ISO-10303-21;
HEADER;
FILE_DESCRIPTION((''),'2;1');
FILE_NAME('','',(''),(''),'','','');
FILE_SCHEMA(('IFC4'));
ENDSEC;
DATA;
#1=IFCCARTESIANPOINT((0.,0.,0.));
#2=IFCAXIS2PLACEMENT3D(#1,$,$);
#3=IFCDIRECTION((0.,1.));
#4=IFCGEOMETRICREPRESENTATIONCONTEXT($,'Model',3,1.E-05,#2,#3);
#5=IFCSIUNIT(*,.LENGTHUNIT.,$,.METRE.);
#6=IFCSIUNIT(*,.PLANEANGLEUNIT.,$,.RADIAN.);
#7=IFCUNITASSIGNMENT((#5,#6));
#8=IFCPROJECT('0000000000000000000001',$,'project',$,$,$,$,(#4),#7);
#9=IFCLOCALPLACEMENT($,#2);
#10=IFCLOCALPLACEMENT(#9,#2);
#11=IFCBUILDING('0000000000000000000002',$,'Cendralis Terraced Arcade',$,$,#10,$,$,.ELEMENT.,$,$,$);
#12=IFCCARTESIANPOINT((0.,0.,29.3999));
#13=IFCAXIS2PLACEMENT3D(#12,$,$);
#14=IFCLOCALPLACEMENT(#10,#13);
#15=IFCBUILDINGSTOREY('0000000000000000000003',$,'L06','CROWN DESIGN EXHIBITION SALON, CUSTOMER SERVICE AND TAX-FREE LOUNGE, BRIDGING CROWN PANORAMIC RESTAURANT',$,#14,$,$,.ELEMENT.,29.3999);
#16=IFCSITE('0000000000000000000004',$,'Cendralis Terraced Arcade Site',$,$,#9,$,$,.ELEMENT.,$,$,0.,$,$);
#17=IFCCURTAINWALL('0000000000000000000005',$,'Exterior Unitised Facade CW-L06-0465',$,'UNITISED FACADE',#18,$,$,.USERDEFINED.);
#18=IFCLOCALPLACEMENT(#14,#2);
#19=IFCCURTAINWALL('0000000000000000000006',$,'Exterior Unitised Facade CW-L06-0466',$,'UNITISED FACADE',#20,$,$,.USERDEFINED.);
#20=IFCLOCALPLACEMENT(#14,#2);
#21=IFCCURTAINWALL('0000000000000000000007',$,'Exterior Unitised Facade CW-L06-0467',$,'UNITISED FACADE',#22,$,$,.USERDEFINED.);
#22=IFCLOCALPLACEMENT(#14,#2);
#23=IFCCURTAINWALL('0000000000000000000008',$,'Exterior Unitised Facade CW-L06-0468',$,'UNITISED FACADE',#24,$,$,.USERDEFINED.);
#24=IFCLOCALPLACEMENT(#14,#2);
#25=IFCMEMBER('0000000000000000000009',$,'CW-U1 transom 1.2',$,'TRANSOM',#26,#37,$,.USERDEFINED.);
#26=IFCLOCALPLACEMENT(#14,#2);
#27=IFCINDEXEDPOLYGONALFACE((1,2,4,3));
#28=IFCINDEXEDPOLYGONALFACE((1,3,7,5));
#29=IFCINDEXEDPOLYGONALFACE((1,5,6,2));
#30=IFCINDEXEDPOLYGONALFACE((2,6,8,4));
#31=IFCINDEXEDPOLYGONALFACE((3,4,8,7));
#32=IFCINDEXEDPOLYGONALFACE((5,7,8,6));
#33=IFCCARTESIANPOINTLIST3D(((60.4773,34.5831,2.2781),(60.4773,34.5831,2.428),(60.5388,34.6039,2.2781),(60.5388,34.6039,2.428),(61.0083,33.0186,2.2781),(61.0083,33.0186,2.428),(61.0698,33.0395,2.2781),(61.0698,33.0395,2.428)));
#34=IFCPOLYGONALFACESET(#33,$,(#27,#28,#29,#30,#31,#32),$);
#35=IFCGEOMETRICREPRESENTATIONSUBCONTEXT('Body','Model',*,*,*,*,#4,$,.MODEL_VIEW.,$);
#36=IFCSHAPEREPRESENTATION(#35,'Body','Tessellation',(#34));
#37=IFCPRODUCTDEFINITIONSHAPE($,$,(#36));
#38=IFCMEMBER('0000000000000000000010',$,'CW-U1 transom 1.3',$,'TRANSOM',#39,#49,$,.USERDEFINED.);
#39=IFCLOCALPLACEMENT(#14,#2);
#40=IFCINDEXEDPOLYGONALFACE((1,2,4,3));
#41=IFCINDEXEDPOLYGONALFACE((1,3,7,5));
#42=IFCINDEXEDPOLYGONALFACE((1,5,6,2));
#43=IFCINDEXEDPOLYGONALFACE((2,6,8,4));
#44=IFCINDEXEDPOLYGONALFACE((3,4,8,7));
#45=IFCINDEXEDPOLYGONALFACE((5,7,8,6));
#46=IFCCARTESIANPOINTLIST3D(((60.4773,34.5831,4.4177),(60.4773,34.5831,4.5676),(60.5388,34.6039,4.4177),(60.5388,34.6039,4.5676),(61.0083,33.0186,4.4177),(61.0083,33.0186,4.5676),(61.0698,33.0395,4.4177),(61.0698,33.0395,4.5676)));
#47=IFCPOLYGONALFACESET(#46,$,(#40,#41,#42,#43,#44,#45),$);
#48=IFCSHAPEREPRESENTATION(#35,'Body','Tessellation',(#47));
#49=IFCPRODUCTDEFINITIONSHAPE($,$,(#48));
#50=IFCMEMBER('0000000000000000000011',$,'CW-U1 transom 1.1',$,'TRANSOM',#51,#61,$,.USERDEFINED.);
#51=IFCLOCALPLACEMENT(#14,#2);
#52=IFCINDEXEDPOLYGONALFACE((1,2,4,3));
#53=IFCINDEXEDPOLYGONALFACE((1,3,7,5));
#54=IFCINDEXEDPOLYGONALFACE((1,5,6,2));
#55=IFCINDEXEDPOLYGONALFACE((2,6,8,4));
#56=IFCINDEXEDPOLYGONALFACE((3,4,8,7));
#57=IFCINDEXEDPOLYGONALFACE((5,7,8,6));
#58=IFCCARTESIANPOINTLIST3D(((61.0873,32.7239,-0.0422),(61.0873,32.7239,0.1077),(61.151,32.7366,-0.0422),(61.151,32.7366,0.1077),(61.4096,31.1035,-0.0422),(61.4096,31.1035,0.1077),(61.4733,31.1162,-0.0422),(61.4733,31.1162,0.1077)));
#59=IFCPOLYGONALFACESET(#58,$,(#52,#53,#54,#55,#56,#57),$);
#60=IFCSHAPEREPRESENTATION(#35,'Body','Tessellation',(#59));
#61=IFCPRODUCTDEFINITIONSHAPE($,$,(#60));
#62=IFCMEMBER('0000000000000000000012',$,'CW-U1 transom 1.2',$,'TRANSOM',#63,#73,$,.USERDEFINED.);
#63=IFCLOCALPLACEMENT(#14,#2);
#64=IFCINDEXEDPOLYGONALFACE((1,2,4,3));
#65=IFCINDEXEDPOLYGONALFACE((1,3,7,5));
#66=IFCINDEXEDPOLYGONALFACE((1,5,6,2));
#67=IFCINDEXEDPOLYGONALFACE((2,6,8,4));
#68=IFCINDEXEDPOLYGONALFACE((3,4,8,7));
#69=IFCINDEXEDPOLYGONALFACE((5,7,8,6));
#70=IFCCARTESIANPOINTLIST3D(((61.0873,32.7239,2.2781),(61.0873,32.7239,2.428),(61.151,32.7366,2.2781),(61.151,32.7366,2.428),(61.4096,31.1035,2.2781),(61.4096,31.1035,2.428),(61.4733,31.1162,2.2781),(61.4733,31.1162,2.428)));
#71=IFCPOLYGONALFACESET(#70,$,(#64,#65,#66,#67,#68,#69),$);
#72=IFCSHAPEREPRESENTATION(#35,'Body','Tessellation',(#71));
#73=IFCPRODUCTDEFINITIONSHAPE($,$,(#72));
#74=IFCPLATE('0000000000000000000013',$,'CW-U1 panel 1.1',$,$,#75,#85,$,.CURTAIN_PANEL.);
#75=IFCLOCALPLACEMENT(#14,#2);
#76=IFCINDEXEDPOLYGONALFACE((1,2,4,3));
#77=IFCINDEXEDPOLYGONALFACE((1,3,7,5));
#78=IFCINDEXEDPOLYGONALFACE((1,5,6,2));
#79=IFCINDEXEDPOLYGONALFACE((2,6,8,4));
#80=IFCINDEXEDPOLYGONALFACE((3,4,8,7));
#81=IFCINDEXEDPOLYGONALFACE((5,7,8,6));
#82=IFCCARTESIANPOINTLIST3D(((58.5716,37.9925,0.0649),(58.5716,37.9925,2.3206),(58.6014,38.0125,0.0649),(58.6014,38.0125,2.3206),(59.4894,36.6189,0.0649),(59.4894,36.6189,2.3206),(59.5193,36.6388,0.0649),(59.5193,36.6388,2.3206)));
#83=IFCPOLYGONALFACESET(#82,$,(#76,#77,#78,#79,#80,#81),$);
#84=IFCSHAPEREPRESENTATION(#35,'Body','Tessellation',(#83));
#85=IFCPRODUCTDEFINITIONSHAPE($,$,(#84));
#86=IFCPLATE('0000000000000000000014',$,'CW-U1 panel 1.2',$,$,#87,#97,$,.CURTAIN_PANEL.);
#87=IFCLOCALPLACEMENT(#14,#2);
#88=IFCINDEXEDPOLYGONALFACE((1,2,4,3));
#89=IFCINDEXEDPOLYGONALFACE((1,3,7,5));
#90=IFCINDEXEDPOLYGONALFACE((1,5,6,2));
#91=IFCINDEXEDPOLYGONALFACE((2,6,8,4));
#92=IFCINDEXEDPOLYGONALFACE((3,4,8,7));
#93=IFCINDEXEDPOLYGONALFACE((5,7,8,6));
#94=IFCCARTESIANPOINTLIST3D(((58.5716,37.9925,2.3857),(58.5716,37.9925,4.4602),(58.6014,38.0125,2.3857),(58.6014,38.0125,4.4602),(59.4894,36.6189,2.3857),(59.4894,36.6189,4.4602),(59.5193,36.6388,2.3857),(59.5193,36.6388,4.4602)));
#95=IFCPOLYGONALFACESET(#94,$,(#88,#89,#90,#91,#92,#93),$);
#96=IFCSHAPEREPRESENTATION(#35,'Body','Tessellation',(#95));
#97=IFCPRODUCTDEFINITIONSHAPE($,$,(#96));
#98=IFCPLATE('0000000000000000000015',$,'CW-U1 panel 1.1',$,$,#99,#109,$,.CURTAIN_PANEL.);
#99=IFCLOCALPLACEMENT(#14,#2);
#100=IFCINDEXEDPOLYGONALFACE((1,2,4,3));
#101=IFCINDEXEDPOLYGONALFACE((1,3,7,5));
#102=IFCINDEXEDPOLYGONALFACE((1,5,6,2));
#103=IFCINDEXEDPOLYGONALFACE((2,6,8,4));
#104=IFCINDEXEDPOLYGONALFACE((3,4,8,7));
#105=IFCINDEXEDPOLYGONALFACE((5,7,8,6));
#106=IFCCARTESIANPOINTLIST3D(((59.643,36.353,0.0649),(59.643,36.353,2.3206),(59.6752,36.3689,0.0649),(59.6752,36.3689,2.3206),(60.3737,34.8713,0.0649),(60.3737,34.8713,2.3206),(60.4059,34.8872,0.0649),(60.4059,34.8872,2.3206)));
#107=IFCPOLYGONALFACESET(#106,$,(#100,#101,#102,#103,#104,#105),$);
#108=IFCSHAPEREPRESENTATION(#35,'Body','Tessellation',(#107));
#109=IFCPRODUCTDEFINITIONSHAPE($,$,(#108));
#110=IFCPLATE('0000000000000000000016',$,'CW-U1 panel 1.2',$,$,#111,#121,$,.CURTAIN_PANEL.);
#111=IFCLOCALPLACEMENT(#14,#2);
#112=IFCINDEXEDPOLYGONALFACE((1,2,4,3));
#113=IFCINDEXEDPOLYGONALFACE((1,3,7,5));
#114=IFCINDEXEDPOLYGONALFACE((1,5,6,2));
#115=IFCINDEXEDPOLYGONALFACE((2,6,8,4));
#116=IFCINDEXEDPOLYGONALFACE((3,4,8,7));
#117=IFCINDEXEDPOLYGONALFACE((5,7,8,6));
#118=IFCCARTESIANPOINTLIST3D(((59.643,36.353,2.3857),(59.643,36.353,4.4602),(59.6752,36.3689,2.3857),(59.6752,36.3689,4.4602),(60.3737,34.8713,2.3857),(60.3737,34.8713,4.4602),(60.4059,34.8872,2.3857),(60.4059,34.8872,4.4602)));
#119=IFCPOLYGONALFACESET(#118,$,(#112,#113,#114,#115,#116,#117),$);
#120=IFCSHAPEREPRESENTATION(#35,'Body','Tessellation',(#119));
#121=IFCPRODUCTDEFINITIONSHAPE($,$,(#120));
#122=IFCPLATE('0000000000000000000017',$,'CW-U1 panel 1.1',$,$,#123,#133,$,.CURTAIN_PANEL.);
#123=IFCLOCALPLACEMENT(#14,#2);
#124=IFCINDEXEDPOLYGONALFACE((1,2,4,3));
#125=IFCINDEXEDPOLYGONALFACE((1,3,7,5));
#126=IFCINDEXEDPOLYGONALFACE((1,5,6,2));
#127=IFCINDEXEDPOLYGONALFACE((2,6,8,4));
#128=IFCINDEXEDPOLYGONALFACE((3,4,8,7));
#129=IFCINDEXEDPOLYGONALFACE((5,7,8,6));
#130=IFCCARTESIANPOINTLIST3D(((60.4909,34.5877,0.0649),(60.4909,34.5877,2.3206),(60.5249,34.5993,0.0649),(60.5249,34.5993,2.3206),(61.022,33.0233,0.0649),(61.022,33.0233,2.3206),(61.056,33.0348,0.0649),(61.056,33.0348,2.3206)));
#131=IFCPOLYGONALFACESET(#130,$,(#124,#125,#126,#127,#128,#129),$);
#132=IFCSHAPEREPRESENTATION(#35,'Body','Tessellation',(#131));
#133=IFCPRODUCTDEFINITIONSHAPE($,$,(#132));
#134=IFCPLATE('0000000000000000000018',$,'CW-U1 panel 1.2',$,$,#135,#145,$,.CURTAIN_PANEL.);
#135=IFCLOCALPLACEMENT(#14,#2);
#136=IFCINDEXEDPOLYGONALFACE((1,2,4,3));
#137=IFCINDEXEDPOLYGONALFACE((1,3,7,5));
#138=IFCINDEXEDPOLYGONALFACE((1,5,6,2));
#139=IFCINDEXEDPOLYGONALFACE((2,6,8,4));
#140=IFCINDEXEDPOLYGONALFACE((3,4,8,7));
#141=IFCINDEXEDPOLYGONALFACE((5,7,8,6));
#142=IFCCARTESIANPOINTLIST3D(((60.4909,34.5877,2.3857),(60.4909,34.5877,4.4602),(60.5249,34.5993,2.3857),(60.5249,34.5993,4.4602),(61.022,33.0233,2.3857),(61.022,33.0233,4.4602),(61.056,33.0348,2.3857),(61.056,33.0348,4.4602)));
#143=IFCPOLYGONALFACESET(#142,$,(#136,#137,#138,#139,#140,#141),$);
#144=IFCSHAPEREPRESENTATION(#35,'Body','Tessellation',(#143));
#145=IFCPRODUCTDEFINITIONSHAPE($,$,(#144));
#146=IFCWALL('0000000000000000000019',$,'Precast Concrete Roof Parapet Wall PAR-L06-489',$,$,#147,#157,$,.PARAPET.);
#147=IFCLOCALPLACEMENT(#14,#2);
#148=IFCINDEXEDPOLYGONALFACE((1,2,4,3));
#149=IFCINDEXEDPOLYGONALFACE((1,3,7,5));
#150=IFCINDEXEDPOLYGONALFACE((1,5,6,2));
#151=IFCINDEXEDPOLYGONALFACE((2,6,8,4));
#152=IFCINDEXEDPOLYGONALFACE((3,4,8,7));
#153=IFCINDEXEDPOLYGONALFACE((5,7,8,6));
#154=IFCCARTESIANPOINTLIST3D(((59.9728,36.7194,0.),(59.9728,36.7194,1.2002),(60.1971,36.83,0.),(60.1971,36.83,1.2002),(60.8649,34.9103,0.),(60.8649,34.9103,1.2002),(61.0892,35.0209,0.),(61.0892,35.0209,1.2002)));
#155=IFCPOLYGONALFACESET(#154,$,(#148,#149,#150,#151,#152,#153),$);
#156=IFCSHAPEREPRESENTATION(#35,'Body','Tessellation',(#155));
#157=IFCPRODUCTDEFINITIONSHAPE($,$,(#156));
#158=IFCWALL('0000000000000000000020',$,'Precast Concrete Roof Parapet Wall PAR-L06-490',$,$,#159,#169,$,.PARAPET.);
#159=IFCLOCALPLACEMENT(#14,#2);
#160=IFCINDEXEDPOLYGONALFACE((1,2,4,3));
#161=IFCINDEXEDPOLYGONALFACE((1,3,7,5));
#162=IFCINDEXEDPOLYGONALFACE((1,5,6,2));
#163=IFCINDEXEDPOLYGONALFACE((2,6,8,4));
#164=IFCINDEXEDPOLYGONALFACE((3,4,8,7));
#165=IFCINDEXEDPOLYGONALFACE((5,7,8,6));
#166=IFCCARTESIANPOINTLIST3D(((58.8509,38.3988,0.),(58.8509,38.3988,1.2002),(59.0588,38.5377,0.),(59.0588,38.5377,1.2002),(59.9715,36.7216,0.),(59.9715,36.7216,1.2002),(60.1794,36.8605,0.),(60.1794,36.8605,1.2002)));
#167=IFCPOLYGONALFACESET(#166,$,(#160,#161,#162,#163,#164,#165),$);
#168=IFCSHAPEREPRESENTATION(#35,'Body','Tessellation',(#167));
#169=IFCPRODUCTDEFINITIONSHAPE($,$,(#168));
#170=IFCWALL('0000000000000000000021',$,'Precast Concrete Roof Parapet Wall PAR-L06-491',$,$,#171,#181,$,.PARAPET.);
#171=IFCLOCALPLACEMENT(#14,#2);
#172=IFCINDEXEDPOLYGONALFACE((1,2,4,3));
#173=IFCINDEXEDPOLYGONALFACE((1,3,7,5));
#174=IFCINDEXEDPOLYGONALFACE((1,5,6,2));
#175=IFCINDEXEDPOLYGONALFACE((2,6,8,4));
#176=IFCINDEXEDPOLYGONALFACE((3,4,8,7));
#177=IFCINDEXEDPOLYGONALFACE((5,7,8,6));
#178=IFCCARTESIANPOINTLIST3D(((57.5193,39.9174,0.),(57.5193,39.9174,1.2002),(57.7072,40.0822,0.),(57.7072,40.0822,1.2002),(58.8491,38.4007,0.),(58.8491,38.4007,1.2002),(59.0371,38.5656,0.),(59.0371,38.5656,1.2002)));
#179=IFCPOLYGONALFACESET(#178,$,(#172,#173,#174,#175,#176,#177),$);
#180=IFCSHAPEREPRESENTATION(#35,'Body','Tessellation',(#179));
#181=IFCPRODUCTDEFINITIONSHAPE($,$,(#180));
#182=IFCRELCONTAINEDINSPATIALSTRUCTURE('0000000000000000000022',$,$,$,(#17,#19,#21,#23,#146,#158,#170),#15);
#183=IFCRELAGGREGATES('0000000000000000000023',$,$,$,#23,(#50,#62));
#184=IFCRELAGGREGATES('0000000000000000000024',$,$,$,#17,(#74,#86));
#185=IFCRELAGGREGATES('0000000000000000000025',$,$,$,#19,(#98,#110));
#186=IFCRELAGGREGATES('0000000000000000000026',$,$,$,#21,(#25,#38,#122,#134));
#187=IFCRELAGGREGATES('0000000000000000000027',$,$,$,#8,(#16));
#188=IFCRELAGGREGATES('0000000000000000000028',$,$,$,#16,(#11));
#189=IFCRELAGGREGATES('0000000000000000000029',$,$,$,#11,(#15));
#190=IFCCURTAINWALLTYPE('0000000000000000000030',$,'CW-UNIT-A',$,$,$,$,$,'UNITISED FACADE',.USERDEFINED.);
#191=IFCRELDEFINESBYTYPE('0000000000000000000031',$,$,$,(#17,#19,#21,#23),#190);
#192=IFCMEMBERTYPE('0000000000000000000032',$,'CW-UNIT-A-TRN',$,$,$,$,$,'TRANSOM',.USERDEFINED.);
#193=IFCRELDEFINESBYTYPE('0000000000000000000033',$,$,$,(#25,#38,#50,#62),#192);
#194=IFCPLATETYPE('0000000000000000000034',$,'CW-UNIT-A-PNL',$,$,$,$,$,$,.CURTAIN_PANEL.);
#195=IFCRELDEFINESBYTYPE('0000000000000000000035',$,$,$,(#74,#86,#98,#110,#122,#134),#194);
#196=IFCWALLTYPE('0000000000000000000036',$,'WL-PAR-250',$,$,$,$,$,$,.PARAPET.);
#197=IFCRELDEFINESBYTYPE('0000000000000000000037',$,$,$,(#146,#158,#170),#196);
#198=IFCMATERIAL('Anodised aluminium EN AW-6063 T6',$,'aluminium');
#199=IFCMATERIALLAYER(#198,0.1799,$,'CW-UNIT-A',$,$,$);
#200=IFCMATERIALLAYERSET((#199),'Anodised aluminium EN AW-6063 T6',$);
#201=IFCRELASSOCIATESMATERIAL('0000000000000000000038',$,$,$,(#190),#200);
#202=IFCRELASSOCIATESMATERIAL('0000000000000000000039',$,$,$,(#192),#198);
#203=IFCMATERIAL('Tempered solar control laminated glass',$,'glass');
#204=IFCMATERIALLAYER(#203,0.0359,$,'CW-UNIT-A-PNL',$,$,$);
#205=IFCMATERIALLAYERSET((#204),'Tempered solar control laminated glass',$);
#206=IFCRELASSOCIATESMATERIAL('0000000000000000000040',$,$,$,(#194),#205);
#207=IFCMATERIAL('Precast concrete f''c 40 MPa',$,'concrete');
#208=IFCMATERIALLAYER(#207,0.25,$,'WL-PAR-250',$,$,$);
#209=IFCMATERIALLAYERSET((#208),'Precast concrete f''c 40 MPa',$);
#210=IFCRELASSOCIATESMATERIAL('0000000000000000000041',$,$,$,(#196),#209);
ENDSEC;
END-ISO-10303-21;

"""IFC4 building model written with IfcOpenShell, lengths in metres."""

from ifc_helpers import new_model, si_unit, direction, frame, frame_2d, origin, origin_2d, place, context, subcontext, project, spatial, rectangle, extrude, material, layer, layer_set, material_profile, profile_set, type_object, element, aggregate, save


model = new_model("IFC4")

# Units and contexts
model_context = context("Model", 3, precision=1e-05, world=origin(), true_north=direction((0.0, 1.0)))
body_context = subcontext(model_context, "Body", "Model", "MODEL_VIEW")
ifc_project = project(units=[si_unit("LENGTHUNIT", "METRE"), si_unit("PLANEANGLEUNIT", "RADIAN")], contexts=[model_context])

# Site, building, storey
site_placement = place(None, origin())
site = spatial("IfcSite", under=ifc_project, at=site_placement, Name="Cendralis Terraced Arcade Site", CompositionType="ELEMENT", RefElevation=0.0)
building_placement = place(site_placement, origin())
building = spatial("IfcBuilding", under=site, at=building_placement, Name="Cendralis Terraced Arcade", CompositionType="ELEMENT")
storey_placement = place(building_placement, frame((0.0, 0.0, 29.3999)))
storey = spatial("IfcBuildingStorey", under=building, at=storey_placement, Name="L06", Description="CROWN DESIGN EXHIBITION SALON, CUSTOMER SERVICE AND TAX-FREE LOUNGE, BRIDGING CROWN PANORAMIC RESTAURANT", CompositionType="ELEMENT", Elevation=29.3999)

# Curtain walls
ifc_material_1 = material(Name="Anodised aluminium EN AW-6063 T6", Category="aluminium")
ifc_layer_1 = layer(ifc_material_1, 0.1799, Name="CW-UNIT-A")
ifc_layer_set_1 = layer_set([ifc_layer_1], Name="Anodised aluminium EN AW-6063 T6")
curtain_wall_type = type_object("IfcCurtainWallType", Name="CW-UNIT-A", ElementType="UNITISED FACADE", PredefinedType="USERDEFINED", material=ifc_layer_set_1)
curtain_wall_1_placement = place(storey_placement, origin())
curtain_wall_1 = element("IfcCurtainWall", 1, at=curtain_wall_1_placement, inside=storey, type_object=curtain_wall_type, Name="Exterior Unitised Facade CW-L06-0465", ObjectType="UNITISED FACADE", PredefinedType="USERDEFINED")
curtain_wall_2_placement = place(storey_placement, origin())
curtain_wall_2 = element("IfcCurtainWall", 2, at=curtain_wall_2_placement, inside=storey, type_object=curtain_wall_type, Name="Exterior Unitised Facade CW-L06-0466", ObjectType="UNITISED FACADE", PredefinedType="USERDEFINED")
curtain_wall_3_placement = place(storey_placement, origin())
curtain_wall_3 = element("IfcCurtainWall", 3, at=curtain_wall_3_placement, inside=storey, type_object=curtain_wall_type, Name="Exterior Unitised Facade CW-L06-0467", ObjectType="UNITISED FACADE", PredefinedType="USERDEFINED")

# Curtain wall
curtain_wall_4_placement = place(storey_placement, origin())
curtain_wall_4 = element("IfcCurtainWall", 4, at=curtain_wall_4_placement, inside=storey, type_object=curtain_wall_type, Name="Exterior Unitised Facade CW-L06-0468", ObjectType="UNITISED FACADE", PredefinedType="USERDEFINED")

# Members
ifc_material_profile_1 = material_profile(ifc_material_1, rectangle(XDim=0.0649, YDim=0.1499, at=origin_2d()), Name="ALU-TRN-65x150")
ifc_profile_set_1 = profile_set([ifc_material_profile_1], Name="Anodised aluminium EN AW-6063 T6")
member_type_1 = type_object("IfcMemberType", Name="CW-UNIT-A-TRN", ElementType="TRANSOM", PredefinedType="USERDEFINED", material=ifc_profile_set_1)
member_1_placement = place(storey_placement, frame((60.5081, 34.5935, 2.353), z_axis=(0.32141, -0.94694, 0.0), x_axis=(0.94694, 0.32141, 0.0)))
member_1 = element("IfcMember", 5, at=member_1_placement, type_object=member_type_1, Name="CW-U1 transom 1.2", ObjectType="TRANSOM", PredefinedType="USERDEFINED", context=body_context, shape_type="SweptSolid", body=[
    extrude(rectangle(XDim=0.0649, YDim=0.1499, at=origin_2d()), origin(), (0.0, 0.0, 1.0), 1.6521),
])
member_2_placement = place(storey_placement, frame((60.5081, 34.5935, 4.4927), z_axis=(0.32141, -0.94694, 0.0), x_axis=(0.94694, 0.32141, 0.0)))
member_2 = element("IfcMember", 6, at=member_2_placement, type_object=member_type_1, Name="CW-U1 transom 1.3", ObjectType="TRANSOM", PredefinedType="USERDEFINED", context=body_context, shape_type="SweptSolid", body=[
    extrude(rectangle(XDim=0.0649, YDim=0.1499, at=origin_2d()), origin(), (0.0, 0.0, 1.0), 1.6521),
])
member_3_placement = place(storey_placement, frame((61.1191, 32.7302, 0.0327), z_axis=(0.195065, -0.98079, 0.0), x_axis=(0.98079, 0.195065, 0.0)))
member_3 = element("IfcMember", 7, at=member_3_placement, type_object=member_type_1, Name="CW-U1 transom 1.1", ObjectType="TRANSOM", PredefinedType="USERDEFINED", context=body_context, shape_type="SweptSolid", body=[
    extrude(rectangle(XDim=0.0649, YDim=0.1499, at=origin_2d()), origin(), (0.0, 0.0, 1.0), 1.6521),
])
member_4_placement = place(storey_placement, frame((61.1191, 32.7302, 2.353), z_axis=(0.195065, -0.98079, 0.0), x_axis=(0.98079, 0.195065, 0.0)))
member_4 = element("IfcMember", 8, at=member_4_placement, type_object=member_type_1, Name="CW-U1 transom 1.2", ObjectType="TRANSOM", PredefinedType="USERDEFINED", context=body_context, shape_type="SweptSolid", body=[
    extrude(rectangle(XDim=0.0649, YDim=0.1499, at=origin_2d()), origin(), (0.0, 0.0, 1.0), 1.6521),
])
aggregate(curtain_wall_4, [member_3, member_4])

# Plates
ifc_material_2 = material(Name="Tempered solar control laminated glass", Category="glass")
ifc_layer_2 = layer(ifc_material_2, 0.0359, Name="CW-UNIT-A-PNL")
ifc_layer_set_2 = layer_set([ifc_layer_2], Name="Tempered solar control laminated glass")
plate_type = type_object("IfcPlateType", Name="CW-UNIT-A-PNL", PredefinedType="CURTAIN_PANEL", material=ifc_layer_set_2)
plate_1_placement = place(storey_placement, frame((59.0454, 37.3157, 0.0649), z_axis=(0.0, 0.0, 1.0), x_axis=(0.555567, -0.831471, 0.0)))
plate_1 = element("IfcPlate", 9, at=plate_1_placement, type_object=plate_type, Name="CW-U1 panel 1.1", PredefinedType="CURTAIN_PANEL", context=body_context, shape_type="SweptSolid", body=[
    extrude(rectangle(XDim=1.6521, YDim=0.0359, at=origin_2d()), origin(), (0.0, 0.0, 1.0), 2.2556),
])
plate_2_placement = place(storey_placement, frame((59.0454, 37.3157, 2.3857), z_axis=(0.0, 0.0, 1.0), x_axis=(0.555567, -0.831471, 0.0)))
plate_2 = element("IfcPlate", 10, at=plate_2_placement, type_object=plate_type, Name="CW-U1 panel 1.2", PredefinedType="CURTAIN_PANEL", context=body_context, shape_type="SweptSolid", body=[
    extrude(rectangle(XDim=1.6521, YDim=0.0359, at=origin_2d()), origin(), (0.0, 0.0, 1.0), 2.0745),
])
aggregate(curtain_wall_1, [plate_1, plate_2])
plate_3_placement = place(storey_placement, frame((60.0244, 35.6201, 0.0649), z_axis=(0.0, 0.0, 1.0), x_axis=(0.442291, -0.896871, 0.0)))
plate_3 = element("IfcPlate", 11, at=plate_3_placement, type_object=plate_type, Name="CW-U1 panel 1.1", PredefinedType="CURTAIN_PANEL", context=body_context, shape_type="SweptSolid", body=[
    extrude(rectangle(XDim=1.6521, YDim=0.0359, at=origin_2d()), origin(), (0.0, 0.0, 1.0), 2.2556),
])
plate_4_placement = place(storey_placement, frame((60.0244, 35.6201, 2.3857), z_axis=(0.0, 0.0, 1.0), x_axis=(0.442291, -0.896871, 0.0)))
plate_4 = element("IfcPlate", 12, at=plate_4_placement, type_object=plate_type, Name="CW-U1 panel 1.2", PredefinedType="CURTAIN_PANEL", context=body_context, shape_type="SweptSolid", body=[
    extrude(rectangle(XDim=1.6521, YDim=0.0359, at=origin_2d()), origin(), (0.0, 0.0, 1.0), 2.0745),
])
aggregate(curtain_wall_2, [plate_3, plate_4])
plate_5_placement = place(storey_placement, frame((60.7734, 33.8113, 0.0649), z_axis=(0.0, 0.0, 1.0), x_axis=(0.321458, -0.946924, 0.0)))
plate_5 = element("IfcPlate", 13, at=plate_5_placement, type_object=plate_type, Name="CW-U1 panel 1.1", PredefinedType="CURTAIN_PANEL", context=body_context, shape_type="SweptSolid", body=[
    extrude(rectangle(XDim=1.6521, YDim=0.0359, at=origin_2d()), origin(), (0.0, 0.0, 1.0), 2.2556),
])
plate_6_placement = place(storey_placement, frame((60.7734, 33.8113, 2.3857), z_axis=(0.0, 0.0, 1.0), x_axis=(0.321458, -0.946924, 0.0)))
plate_6 = element("IfcPlate", 14, at=plate_6_placement, type_object=plate_type, Name="CW-U1 panel 1.2", PredefinedType="CURTAIN_PANEL", context=body_context, shape_type="SweptSolid", body=[
    extrude(rectangle(XDim=1.6521, YDim=0.0359, at=origin_2d()), origin(), (0.0, 0.0, 1.0), 2.0745),
])
aggregate(curtain_wall_3, [member_1, member_2, plate_5, plate_6])

# Walls
ifc_material_3 = material(Name="Precast concrete f'c 40 MPa", Category="concrete")
ifc_layer_3 = layer(ifc_material_3, 0.25, Name="WL-PAR-250")
ifc_layer_set_3 = layer_set([ifc_layer_3], Name="Precast concrete f'c 40 MPa")
wall_type = type_object("IfcWallType", Name="WL-PAR-250", PredefinedType="PARAPET", material=ifc_layer_set_3)
for number, where, z_axis, x_axis, name in (
    (15, (60.9771, 34.9656, 0.0), (0.0, 0.0, 1.0), (-0.442268, 0.896883, 0.0), "Precast Concrete Roof Parapet Wall PAR-L06-489"),
    (16, (60.0754, 36.791, 0.0), (0.0, 0.0, 1.0), (-0.555538, 0.831491, 0.0), "Precast Concrete Roof Parapet Wall PAR-L06-490"),
    (17, (58.9431, 38.4832, 0.0), (0.0, 0.0, 1.0), (-0.659293, 0.751886, 0.0), "Precast Concrete Roof Parapet Wall PAR-L06-491"),
):
    element("IfcWall", number, at=place(storey_placement, frame(where, z_axis=z_axis, x_axis=x_axis)), inside=storey, type_object=wall_type, Name=name, PredefinedType="PARAPET", context=body_context, shape_type="SweptSolid", body=[
        extrude(rectangle(XDim=2.0171, YDim=0.25, at=frame_2d((1.0085, 0.0))), origin(), (0.0, 0.0, 1.0), 1.2002),
    ])

save(model, "model.ifc")
